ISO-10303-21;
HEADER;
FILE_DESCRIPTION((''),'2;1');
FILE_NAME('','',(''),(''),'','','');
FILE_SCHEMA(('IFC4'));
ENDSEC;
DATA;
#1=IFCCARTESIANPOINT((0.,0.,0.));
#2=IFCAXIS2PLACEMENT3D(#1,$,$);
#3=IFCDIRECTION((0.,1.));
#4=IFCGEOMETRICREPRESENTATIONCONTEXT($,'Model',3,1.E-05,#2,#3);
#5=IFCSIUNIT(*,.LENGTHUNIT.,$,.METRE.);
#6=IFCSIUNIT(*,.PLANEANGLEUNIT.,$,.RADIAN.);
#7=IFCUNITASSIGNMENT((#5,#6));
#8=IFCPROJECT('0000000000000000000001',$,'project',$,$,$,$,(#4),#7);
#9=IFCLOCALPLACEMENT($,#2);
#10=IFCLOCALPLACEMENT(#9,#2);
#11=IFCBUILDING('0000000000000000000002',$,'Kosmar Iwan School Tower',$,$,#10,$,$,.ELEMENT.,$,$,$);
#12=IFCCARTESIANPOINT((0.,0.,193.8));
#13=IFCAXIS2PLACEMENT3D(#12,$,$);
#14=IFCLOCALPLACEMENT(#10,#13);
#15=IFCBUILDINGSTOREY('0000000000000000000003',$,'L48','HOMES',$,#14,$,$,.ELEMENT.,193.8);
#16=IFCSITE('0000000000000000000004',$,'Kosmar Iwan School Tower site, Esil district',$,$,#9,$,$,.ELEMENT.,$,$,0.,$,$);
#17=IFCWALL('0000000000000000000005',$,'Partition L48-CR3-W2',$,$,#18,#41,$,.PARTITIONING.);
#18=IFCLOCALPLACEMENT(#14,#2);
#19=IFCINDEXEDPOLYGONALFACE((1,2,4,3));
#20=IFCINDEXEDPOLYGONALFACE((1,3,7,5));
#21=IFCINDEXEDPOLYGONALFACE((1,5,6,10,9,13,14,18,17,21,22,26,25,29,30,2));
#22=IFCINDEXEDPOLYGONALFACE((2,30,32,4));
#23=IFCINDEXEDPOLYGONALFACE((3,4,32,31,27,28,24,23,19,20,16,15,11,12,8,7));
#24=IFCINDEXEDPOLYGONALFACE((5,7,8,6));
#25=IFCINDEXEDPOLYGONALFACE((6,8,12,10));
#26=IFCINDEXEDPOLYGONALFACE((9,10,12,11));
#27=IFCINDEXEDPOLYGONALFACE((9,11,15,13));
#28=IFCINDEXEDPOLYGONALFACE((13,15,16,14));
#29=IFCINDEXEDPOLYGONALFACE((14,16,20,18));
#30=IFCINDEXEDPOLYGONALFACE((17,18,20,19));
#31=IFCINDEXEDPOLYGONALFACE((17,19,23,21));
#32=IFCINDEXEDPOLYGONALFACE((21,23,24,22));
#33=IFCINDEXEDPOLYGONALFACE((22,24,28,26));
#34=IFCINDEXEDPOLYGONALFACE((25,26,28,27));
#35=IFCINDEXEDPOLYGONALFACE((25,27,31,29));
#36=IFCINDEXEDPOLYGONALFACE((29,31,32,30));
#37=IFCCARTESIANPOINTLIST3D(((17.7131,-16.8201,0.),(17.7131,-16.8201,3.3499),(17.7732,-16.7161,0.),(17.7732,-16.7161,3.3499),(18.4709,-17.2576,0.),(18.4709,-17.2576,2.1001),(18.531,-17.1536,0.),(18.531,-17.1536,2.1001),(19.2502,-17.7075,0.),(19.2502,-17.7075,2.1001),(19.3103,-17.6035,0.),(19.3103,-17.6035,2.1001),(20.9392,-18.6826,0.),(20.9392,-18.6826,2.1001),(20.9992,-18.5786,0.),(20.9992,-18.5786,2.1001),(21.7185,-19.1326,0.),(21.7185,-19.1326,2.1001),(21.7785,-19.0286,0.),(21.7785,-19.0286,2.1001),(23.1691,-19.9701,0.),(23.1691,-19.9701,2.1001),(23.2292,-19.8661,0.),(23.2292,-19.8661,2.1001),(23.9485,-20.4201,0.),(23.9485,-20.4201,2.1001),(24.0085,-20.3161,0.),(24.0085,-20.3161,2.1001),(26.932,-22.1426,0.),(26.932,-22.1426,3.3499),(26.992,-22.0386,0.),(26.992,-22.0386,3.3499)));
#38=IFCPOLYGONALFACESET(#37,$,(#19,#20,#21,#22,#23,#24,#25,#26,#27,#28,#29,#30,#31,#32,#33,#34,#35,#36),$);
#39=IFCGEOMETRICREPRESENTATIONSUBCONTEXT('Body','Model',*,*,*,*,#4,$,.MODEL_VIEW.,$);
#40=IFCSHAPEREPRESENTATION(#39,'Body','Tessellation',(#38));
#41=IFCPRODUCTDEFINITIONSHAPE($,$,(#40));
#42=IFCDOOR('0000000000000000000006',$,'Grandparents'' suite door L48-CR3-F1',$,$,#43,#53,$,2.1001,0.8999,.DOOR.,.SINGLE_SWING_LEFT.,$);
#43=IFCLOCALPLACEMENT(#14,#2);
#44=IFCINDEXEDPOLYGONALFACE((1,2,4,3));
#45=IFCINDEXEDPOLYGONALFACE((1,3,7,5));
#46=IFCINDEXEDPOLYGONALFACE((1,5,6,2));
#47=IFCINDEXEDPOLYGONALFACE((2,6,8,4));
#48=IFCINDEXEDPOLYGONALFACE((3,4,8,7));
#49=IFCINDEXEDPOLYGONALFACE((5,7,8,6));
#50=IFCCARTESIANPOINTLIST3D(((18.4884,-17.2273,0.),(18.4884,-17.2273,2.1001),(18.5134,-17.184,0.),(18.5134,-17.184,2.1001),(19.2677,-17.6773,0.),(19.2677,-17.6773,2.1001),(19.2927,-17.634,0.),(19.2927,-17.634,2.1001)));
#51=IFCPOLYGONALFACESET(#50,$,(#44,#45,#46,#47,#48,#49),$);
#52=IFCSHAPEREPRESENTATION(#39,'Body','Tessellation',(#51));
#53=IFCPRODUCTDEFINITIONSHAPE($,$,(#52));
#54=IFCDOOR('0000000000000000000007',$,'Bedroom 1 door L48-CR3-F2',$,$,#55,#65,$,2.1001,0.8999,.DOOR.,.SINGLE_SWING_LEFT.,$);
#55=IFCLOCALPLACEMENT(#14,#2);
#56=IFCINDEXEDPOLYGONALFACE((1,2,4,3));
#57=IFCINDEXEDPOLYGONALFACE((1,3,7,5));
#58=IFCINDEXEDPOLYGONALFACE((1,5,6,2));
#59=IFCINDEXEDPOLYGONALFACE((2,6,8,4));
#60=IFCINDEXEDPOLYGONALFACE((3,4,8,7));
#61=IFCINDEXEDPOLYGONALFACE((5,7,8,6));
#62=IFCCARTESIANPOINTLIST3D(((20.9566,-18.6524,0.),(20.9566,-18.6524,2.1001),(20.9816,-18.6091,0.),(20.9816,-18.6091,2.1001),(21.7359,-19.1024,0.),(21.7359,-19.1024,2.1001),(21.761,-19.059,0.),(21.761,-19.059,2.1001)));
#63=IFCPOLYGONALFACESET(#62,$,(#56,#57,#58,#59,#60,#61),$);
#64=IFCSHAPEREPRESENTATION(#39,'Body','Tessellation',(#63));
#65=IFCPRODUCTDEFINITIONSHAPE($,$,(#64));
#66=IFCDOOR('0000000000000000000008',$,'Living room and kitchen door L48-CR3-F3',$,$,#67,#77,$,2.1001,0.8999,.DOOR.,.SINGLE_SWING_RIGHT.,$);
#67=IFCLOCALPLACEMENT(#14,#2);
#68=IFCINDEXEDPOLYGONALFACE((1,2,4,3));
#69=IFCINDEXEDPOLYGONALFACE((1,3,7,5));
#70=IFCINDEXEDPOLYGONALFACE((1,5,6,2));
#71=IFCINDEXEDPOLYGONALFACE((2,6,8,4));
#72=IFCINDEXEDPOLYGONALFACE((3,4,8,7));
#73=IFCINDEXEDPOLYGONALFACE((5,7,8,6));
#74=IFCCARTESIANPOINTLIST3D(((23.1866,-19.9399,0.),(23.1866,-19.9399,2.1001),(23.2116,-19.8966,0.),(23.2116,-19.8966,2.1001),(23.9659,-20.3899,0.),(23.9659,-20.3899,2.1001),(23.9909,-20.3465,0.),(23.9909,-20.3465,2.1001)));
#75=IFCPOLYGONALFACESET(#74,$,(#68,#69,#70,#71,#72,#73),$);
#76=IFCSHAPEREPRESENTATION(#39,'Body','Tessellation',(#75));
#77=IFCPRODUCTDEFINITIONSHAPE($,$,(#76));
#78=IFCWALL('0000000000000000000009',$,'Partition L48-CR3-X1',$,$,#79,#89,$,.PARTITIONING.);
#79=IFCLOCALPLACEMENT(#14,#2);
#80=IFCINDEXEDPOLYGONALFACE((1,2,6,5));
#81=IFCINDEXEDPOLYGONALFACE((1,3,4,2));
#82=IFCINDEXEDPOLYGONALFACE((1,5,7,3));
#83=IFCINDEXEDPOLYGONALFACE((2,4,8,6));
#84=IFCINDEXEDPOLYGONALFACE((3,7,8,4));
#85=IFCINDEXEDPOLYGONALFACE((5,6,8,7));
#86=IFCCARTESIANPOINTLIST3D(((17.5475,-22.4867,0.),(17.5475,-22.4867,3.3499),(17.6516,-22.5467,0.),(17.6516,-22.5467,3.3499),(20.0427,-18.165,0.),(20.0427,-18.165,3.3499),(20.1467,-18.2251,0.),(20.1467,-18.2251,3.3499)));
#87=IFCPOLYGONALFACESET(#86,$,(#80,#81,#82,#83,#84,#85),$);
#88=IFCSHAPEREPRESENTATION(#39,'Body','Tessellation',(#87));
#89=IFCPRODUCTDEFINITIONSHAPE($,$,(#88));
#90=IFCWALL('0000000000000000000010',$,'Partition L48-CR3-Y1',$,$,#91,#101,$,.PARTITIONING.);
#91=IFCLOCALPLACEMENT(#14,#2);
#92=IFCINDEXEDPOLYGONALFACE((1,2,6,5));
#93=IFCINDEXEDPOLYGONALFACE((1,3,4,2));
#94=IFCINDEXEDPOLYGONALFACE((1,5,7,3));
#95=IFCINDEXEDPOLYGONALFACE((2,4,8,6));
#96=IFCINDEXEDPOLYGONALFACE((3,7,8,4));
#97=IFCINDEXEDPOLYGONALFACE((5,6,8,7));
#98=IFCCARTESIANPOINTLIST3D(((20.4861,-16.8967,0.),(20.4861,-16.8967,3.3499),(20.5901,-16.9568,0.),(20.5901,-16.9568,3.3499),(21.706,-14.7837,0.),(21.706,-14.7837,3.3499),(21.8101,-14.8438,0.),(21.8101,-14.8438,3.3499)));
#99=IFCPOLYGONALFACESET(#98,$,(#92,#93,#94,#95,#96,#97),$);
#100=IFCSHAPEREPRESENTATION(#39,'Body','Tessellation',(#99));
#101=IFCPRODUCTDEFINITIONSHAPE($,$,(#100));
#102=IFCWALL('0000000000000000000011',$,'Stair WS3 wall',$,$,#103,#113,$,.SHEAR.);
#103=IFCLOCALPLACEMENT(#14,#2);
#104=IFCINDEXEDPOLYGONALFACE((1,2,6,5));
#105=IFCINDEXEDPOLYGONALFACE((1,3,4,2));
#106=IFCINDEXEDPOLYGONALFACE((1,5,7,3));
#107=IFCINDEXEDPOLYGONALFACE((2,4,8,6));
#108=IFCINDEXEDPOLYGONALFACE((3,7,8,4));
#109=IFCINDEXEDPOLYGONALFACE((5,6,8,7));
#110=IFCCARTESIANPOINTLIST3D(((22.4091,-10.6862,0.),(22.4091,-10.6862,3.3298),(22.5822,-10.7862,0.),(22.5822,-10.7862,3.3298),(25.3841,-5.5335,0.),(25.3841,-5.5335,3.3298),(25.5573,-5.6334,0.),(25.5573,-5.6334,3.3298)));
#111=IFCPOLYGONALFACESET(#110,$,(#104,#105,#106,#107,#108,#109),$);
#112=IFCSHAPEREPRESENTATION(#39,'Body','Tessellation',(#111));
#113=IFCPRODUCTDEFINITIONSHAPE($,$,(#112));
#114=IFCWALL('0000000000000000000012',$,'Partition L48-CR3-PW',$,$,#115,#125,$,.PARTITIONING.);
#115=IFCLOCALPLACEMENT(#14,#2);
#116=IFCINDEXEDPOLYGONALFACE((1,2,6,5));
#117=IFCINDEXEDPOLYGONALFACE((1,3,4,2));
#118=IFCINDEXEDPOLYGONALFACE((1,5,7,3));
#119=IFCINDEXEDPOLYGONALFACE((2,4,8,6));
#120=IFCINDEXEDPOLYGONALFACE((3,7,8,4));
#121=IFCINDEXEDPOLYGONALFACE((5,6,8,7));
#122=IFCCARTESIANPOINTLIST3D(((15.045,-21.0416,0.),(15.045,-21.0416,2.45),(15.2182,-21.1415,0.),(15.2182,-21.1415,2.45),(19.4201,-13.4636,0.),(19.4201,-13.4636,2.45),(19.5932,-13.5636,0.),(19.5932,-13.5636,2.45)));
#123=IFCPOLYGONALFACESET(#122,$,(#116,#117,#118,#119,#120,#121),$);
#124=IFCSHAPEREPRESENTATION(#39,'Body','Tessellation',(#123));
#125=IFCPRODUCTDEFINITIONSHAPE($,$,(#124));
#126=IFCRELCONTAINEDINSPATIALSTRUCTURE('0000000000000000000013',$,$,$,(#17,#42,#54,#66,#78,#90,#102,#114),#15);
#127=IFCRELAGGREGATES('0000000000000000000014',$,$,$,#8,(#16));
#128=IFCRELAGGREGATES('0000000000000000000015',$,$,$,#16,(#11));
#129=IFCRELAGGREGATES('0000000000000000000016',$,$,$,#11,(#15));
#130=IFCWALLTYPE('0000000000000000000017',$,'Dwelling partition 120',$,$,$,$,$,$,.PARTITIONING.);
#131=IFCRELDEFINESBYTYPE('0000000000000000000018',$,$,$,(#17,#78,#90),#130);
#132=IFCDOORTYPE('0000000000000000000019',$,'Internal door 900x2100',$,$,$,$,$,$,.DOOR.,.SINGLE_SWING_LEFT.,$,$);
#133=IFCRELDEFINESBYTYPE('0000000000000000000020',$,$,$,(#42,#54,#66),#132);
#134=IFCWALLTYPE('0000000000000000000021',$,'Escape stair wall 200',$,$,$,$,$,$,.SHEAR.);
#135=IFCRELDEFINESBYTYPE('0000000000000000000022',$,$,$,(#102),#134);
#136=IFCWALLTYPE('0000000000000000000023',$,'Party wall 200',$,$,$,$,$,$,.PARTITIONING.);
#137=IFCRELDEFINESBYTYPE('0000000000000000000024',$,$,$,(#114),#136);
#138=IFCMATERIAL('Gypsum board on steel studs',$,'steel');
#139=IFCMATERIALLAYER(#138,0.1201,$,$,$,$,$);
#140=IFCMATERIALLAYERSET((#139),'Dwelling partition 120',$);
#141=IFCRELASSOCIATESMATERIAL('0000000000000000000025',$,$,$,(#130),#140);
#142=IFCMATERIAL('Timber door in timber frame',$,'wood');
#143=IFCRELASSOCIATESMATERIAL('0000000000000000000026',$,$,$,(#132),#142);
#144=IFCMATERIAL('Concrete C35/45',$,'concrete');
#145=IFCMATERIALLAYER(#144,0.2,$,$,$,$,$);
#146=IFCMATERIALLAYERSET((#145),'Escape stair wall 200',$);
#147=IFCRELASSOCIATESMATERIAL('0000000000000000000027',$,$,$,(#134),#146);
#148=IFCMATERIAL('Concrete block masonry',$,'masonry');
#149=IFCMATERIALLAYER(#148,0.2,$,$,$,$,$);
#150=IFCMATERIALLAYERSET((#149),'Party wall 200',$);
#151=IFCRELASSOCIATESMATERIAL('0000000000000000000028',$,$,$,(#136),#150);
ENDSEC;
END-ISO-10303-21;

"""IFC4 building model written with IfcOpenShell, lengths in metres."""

from ifc_helpers import new_model, si_unit, direction, frame, frame_2d, origin, place, context, subcontext, project, spatial, rectangle, extrude, material, layer, layer_set, type_object, element, fill, save


model = new_model("IFC4")

# Units and contexts
model_context = context("Model", 3, precision=1e-05, world=origin(), true_north=direction((0.0, 1.0)))
body_context = subcontext(model_context, "Body", "Model", "MODEL_VIEW")
ifc_project = project(units=[si_unit("LENGTHUNIT", "METRE"), si_unit("PLANEANGLEUNIT", "RADIAN")], contexts=[model_context])

# Site, building, storey
site_placement = place(None, origin())
site = spatial("IfcSite", under=ifc_project, at=site_placement, Name="Kosmar Iwan School Tower site, Esil district", CompositionType="ELEMENT", RefElevation=0.0)
building_placement = place(site_placement, origin())
building = spatial("IfcBuilding", under=site, at=building_placement, Name="Kosmar Iwan School Tower", CompositionType="ELEMENT")
storey_placement = place(building_placement, frame((0.0, 0.0, 193.8)))
storey = spatial("IfcBuildingStorey", under=building, at=storey_placement, Name="L48", Description="HOMES", CompositionType="ELEMENT", Elevation=193.8)

# Shared definitions
ifc_material_1 = material(Name="Gypsum board on steel studs", Category="steel")
ifc_layer_1 = layer(ifc_material_1, 0.1201)
ifc_layer_set_1 = layer_set([ifc_layer_1], Name="Dwelling partition 120")
wall_type_1 = type_object("IfcWallType", Name="Dwelling partition 120", PredefinedType="PARTITIONING", material=ifc_layer_set_1)

# Wall, openings, doors
ifc_material_2 = material(Name="Timber door in timber frame", Category="wood")
door_type_1 = type_object("IfcDoorType", Name="Internal door 900x2100", OperationType="SINGLE_SWING_LEFT", PredefinedType="DOOR", material=ifc_material_2)
wall_1_placement = place(storey_placement, frame((17.7432, -16.7681, 0.0), z_axis=(0.0, 0.0, 1.0), x_axis=(0.866023, -0.500004, 0.0)))
wall_1 = element("IfcWall", 1, at=wall_1_placement, inside=storey, type_object=wall_type_1, Name="Partition L48-CR3-W2", PredefinedType="PARTITIONING", context=body_context, shape_type="SweptSolid", body=[
    extrude(rectangle(XDim=10.645, YDim=0.1201, at=frame_2d((5.3225, 0.0))), origin(), (0.0, 0.0, 1.0), 3.3499),
])
opening_1_placement = place(wall_1_placement, frame((0.875, 0.0, 0.0)))
opening_1 = element("IfcOpeningElement", 2, at=opening_1_placement, cuts=wall_1, PredefinedType="OPENING", context=body_context, shape_type="SweptSolid", body=[
    extrude(rectangle(XDim=0.8999, YDim=2.1001, at=frame_2d((0.45, 1.05))), frame((0.0, 0.072, 0.0), z_axis=(0.0, -1.0, 0.0), x_axis=(1.0, 0.0, 0.0)), (0.0, 0.0, 1.0), 0.144),
])
opening_2_placement = place(wall_1_placement, frame((3.7251, 0.0, 0.0)))
opening_2 = element("IfcOpeningElement", 3, at=opening_2_placement, cuts=wall_1, PredefinedType="OPENING", context=body_context, shape_type="SweptSolid", body=[
    extrude(rectangle(XDim=0.8999, YDim=2.1001, at=frame_2d((0.45, 1.05))), frame((0.0, 0.072, 0.0), z_axis=(0.0, -1.0, 0.0), x_axis=(1.0, 0.0, 0.0)), (0.0, 0.0, 1.0), 0.144),
])
opening_3_placement = place(wall_1_placement, frame((6.3, 0.0, 0.0)))
opening_3 = element("IfcOpeningElement", 4, at=opening_3_placement, cuts=wall_1, PredefinedType="OPENING", context=body_context, shape_type="SweptSolid", body=[
    extrude(rectangle(XDim=0.8999, YDim=2.1001, at=frame_2d((0.45, 1.05))), frame((0.0, 0.072, 0.0), z_axis=(0.0, -1.0, 0.0), x_axis=(1.0, 0.0, 0.0)), (0.0, 0.0, 1.0), 0.144),
])
door_1_placement = place(opening_1_placement, origin())
door_1 = element("IfcDoor", 5, at=door_1_placement, inside=storey, type_object=door_type_1, Name="Grandparents' suite door L48-CR3-F1", OperationType="SINGLE_SWING_LEFT", OverallHeight=2.1001, OverallWidth=0.8999, PredefinedType="DOOR", context=body_context, shape_type="SweptSolid", body=[
    extrude(rectangle(XDim=0.8999, YDim=2.1001, at=frame_2d((0.45, 1.05))), frame((0.0, 0.0249, 0.0), z_axis=(0.0, -1.0, 0.0), x_axis=(1.0, 0.0, 0.0)), (0.0, 0.0, 1.0), 0.05),
])
fill(opening_1, door_1)
door_2_placement = place(opening_2_placement, origin())
door_2 = element("IfcDoor", 6, at=door_2_placement, inside=storey, type_object=door_type_1, Name="Bedroom 1 door L48-CR3-F2", OperationType="SINGLE_SWING_LEFT", OverallHeight=2.1001, OverallWidth=0.8999, PredefinedType="DOOR", context=body_context, shape_type="SweptSolid", body=[
    extrude(rectangle(XDim=0.8999, YDim=2.1001, at=frame_2d((0.45, 1.05))), frame((0.0, 0.0249, 0.0), z_axis=(0.0, -1.0, 0.0), x_axis=(1.0, 0.0, 0.0)), (0.0, 0.0, 1.0), 0.05),
])
fill(opening_2, door_2)
door_3_placement = place(opening_3_placement, origin())
door_3 = element("IfcDoor", 7, at=door_3_placement, inside=storey, type_object=door_type_1, Name="Living room and kitchen door L48-CR3-F3", OperationType="SINGLE_SWING_RIGHT", OverallHeight=2.1001, OverallWidth=0.8999, PredefinedType="DOOR", context=body_context, shape_type="SweptSolid", body=[
    extrude(rectangle(XDim=0.8999, YDim=2.1001, at=frame_2d((0.45, 1.05))), frame((0.0, 0.0249, 0.0), z_axis=(0.0, -1.0, 0.0), x_axis=(1.0, 0.0, 0.0)), (0.0, 0.0, 1.0), 0.05),
])
fill(opening_3, door_3)

# Walls
wall_2_placement = place(storey_placement, frame((20.0947, -18.1951, 0.0), z_axis=(0.0, 0.0, 1.0), x_axis=(-0.500012, -0.866019, 0.0)))
element("IfcWall", 8, at=wall_2_placement, inside=storey, type_object=wall_type_1, Name="Partition L48-CR3-X1", PredefinedType="PARTITIONING", context=body_context, shape_type="SweptSolid", body=[
    extrude(rectangle(XDim=4.9902, YDim=0.1201, at=frame_2d((2.4951, 0.0))), origin(), (0.0, 0.0, 1.0), 3.3499),
])
wall_3_placement = place(storey_placement, frame((21.7581, -14.8137, 0.0), z_axis=(0.0, 0.0, 1.0), x_axis=(-0.500003, -0.866024, 0.0)))
element("IfcWall", 9, at=wall_3_placement, inside=storey, type_object=wall_type_1, Name="Partition L48-CR3-Y1", PredefinedType="PARTITIONING", context=body_context, shape_type="SweptSolid", body=[
    extrude(rectangle(XDim=2.4399, YDim=0.1201, at=frame_2d((1.22, 0.0))), origin(), (0.0, 0.0, 1.0), 3.3499),
])
ifc_material_3 = material(Name="Concrete C35/45", Category="concrete")
ifc_layer_2 = layer(ifc_material_3, 0.2)
ifc_layer_set_2 = layer_set([ifc_layer_2], Name="Escape stair wall 200")
wall_type_2 = type_object("IfcWallType", Name="Escape stair wall 200", PredefinedType="SHEAR", material=ifc_layer_set_2)
wall_4_placement = place(storey_placement, frame((22.4956, -10.7363, 0.0), z_axis=(0.0, 0.0, 1.0), x_axis=(0.500014, 0.866017, 0.0)))
element("IfcWall", 10, at=wall_4_placement, inside=storey, type_object=wall_type_2, Name="Stair WS3 wall", PredefinedType="SHEAR", context=body_context, shape_type="SweptSolid", body=[
    extrude(rectangle(XDim=5.95, YDim=0.2, at=frame_2d((2.9751, 0.0))), origin(), (0.0, 0.0, 1.0), 3.3298),
])
ifc_material_4 = material(Name="Concrete block masonry", Category="masonry")
ifc_layer_3 = layer(ifc_material_4, 0.2)
ifc_layer_set_3 = layer_set([ifc_layer_3], Name="Party wall 200")
wall_type_3 = type_object("IfcWallType", Name="Party wall 200", PredefinedType="PARTITIONING", material=ifc_layer_set_3)
wall_5_placement = place(storey_placement, frame((19.5066, -13.5137, 0.0), z_axis=(0.0, 0.0, 1.0), x_axis=(-0.499992, -0.86603, 0.0)))
element("IfcWall", 11, at=wall_5_placement, inside=storey, type_object=wall_type_3, Name="Partition L48-CR3-PW", PredefinedType="PARTITIONING", context=body_context, shape_type="SweptSolid", body=[
    extrude(rectangle(XDim=8.7502, YDim=0.2, at=frame_2d((4.375, 0.0))), origin(), (0.0, 0.0, 1.0), 2.45),
])

save(model, "model.ifc")
